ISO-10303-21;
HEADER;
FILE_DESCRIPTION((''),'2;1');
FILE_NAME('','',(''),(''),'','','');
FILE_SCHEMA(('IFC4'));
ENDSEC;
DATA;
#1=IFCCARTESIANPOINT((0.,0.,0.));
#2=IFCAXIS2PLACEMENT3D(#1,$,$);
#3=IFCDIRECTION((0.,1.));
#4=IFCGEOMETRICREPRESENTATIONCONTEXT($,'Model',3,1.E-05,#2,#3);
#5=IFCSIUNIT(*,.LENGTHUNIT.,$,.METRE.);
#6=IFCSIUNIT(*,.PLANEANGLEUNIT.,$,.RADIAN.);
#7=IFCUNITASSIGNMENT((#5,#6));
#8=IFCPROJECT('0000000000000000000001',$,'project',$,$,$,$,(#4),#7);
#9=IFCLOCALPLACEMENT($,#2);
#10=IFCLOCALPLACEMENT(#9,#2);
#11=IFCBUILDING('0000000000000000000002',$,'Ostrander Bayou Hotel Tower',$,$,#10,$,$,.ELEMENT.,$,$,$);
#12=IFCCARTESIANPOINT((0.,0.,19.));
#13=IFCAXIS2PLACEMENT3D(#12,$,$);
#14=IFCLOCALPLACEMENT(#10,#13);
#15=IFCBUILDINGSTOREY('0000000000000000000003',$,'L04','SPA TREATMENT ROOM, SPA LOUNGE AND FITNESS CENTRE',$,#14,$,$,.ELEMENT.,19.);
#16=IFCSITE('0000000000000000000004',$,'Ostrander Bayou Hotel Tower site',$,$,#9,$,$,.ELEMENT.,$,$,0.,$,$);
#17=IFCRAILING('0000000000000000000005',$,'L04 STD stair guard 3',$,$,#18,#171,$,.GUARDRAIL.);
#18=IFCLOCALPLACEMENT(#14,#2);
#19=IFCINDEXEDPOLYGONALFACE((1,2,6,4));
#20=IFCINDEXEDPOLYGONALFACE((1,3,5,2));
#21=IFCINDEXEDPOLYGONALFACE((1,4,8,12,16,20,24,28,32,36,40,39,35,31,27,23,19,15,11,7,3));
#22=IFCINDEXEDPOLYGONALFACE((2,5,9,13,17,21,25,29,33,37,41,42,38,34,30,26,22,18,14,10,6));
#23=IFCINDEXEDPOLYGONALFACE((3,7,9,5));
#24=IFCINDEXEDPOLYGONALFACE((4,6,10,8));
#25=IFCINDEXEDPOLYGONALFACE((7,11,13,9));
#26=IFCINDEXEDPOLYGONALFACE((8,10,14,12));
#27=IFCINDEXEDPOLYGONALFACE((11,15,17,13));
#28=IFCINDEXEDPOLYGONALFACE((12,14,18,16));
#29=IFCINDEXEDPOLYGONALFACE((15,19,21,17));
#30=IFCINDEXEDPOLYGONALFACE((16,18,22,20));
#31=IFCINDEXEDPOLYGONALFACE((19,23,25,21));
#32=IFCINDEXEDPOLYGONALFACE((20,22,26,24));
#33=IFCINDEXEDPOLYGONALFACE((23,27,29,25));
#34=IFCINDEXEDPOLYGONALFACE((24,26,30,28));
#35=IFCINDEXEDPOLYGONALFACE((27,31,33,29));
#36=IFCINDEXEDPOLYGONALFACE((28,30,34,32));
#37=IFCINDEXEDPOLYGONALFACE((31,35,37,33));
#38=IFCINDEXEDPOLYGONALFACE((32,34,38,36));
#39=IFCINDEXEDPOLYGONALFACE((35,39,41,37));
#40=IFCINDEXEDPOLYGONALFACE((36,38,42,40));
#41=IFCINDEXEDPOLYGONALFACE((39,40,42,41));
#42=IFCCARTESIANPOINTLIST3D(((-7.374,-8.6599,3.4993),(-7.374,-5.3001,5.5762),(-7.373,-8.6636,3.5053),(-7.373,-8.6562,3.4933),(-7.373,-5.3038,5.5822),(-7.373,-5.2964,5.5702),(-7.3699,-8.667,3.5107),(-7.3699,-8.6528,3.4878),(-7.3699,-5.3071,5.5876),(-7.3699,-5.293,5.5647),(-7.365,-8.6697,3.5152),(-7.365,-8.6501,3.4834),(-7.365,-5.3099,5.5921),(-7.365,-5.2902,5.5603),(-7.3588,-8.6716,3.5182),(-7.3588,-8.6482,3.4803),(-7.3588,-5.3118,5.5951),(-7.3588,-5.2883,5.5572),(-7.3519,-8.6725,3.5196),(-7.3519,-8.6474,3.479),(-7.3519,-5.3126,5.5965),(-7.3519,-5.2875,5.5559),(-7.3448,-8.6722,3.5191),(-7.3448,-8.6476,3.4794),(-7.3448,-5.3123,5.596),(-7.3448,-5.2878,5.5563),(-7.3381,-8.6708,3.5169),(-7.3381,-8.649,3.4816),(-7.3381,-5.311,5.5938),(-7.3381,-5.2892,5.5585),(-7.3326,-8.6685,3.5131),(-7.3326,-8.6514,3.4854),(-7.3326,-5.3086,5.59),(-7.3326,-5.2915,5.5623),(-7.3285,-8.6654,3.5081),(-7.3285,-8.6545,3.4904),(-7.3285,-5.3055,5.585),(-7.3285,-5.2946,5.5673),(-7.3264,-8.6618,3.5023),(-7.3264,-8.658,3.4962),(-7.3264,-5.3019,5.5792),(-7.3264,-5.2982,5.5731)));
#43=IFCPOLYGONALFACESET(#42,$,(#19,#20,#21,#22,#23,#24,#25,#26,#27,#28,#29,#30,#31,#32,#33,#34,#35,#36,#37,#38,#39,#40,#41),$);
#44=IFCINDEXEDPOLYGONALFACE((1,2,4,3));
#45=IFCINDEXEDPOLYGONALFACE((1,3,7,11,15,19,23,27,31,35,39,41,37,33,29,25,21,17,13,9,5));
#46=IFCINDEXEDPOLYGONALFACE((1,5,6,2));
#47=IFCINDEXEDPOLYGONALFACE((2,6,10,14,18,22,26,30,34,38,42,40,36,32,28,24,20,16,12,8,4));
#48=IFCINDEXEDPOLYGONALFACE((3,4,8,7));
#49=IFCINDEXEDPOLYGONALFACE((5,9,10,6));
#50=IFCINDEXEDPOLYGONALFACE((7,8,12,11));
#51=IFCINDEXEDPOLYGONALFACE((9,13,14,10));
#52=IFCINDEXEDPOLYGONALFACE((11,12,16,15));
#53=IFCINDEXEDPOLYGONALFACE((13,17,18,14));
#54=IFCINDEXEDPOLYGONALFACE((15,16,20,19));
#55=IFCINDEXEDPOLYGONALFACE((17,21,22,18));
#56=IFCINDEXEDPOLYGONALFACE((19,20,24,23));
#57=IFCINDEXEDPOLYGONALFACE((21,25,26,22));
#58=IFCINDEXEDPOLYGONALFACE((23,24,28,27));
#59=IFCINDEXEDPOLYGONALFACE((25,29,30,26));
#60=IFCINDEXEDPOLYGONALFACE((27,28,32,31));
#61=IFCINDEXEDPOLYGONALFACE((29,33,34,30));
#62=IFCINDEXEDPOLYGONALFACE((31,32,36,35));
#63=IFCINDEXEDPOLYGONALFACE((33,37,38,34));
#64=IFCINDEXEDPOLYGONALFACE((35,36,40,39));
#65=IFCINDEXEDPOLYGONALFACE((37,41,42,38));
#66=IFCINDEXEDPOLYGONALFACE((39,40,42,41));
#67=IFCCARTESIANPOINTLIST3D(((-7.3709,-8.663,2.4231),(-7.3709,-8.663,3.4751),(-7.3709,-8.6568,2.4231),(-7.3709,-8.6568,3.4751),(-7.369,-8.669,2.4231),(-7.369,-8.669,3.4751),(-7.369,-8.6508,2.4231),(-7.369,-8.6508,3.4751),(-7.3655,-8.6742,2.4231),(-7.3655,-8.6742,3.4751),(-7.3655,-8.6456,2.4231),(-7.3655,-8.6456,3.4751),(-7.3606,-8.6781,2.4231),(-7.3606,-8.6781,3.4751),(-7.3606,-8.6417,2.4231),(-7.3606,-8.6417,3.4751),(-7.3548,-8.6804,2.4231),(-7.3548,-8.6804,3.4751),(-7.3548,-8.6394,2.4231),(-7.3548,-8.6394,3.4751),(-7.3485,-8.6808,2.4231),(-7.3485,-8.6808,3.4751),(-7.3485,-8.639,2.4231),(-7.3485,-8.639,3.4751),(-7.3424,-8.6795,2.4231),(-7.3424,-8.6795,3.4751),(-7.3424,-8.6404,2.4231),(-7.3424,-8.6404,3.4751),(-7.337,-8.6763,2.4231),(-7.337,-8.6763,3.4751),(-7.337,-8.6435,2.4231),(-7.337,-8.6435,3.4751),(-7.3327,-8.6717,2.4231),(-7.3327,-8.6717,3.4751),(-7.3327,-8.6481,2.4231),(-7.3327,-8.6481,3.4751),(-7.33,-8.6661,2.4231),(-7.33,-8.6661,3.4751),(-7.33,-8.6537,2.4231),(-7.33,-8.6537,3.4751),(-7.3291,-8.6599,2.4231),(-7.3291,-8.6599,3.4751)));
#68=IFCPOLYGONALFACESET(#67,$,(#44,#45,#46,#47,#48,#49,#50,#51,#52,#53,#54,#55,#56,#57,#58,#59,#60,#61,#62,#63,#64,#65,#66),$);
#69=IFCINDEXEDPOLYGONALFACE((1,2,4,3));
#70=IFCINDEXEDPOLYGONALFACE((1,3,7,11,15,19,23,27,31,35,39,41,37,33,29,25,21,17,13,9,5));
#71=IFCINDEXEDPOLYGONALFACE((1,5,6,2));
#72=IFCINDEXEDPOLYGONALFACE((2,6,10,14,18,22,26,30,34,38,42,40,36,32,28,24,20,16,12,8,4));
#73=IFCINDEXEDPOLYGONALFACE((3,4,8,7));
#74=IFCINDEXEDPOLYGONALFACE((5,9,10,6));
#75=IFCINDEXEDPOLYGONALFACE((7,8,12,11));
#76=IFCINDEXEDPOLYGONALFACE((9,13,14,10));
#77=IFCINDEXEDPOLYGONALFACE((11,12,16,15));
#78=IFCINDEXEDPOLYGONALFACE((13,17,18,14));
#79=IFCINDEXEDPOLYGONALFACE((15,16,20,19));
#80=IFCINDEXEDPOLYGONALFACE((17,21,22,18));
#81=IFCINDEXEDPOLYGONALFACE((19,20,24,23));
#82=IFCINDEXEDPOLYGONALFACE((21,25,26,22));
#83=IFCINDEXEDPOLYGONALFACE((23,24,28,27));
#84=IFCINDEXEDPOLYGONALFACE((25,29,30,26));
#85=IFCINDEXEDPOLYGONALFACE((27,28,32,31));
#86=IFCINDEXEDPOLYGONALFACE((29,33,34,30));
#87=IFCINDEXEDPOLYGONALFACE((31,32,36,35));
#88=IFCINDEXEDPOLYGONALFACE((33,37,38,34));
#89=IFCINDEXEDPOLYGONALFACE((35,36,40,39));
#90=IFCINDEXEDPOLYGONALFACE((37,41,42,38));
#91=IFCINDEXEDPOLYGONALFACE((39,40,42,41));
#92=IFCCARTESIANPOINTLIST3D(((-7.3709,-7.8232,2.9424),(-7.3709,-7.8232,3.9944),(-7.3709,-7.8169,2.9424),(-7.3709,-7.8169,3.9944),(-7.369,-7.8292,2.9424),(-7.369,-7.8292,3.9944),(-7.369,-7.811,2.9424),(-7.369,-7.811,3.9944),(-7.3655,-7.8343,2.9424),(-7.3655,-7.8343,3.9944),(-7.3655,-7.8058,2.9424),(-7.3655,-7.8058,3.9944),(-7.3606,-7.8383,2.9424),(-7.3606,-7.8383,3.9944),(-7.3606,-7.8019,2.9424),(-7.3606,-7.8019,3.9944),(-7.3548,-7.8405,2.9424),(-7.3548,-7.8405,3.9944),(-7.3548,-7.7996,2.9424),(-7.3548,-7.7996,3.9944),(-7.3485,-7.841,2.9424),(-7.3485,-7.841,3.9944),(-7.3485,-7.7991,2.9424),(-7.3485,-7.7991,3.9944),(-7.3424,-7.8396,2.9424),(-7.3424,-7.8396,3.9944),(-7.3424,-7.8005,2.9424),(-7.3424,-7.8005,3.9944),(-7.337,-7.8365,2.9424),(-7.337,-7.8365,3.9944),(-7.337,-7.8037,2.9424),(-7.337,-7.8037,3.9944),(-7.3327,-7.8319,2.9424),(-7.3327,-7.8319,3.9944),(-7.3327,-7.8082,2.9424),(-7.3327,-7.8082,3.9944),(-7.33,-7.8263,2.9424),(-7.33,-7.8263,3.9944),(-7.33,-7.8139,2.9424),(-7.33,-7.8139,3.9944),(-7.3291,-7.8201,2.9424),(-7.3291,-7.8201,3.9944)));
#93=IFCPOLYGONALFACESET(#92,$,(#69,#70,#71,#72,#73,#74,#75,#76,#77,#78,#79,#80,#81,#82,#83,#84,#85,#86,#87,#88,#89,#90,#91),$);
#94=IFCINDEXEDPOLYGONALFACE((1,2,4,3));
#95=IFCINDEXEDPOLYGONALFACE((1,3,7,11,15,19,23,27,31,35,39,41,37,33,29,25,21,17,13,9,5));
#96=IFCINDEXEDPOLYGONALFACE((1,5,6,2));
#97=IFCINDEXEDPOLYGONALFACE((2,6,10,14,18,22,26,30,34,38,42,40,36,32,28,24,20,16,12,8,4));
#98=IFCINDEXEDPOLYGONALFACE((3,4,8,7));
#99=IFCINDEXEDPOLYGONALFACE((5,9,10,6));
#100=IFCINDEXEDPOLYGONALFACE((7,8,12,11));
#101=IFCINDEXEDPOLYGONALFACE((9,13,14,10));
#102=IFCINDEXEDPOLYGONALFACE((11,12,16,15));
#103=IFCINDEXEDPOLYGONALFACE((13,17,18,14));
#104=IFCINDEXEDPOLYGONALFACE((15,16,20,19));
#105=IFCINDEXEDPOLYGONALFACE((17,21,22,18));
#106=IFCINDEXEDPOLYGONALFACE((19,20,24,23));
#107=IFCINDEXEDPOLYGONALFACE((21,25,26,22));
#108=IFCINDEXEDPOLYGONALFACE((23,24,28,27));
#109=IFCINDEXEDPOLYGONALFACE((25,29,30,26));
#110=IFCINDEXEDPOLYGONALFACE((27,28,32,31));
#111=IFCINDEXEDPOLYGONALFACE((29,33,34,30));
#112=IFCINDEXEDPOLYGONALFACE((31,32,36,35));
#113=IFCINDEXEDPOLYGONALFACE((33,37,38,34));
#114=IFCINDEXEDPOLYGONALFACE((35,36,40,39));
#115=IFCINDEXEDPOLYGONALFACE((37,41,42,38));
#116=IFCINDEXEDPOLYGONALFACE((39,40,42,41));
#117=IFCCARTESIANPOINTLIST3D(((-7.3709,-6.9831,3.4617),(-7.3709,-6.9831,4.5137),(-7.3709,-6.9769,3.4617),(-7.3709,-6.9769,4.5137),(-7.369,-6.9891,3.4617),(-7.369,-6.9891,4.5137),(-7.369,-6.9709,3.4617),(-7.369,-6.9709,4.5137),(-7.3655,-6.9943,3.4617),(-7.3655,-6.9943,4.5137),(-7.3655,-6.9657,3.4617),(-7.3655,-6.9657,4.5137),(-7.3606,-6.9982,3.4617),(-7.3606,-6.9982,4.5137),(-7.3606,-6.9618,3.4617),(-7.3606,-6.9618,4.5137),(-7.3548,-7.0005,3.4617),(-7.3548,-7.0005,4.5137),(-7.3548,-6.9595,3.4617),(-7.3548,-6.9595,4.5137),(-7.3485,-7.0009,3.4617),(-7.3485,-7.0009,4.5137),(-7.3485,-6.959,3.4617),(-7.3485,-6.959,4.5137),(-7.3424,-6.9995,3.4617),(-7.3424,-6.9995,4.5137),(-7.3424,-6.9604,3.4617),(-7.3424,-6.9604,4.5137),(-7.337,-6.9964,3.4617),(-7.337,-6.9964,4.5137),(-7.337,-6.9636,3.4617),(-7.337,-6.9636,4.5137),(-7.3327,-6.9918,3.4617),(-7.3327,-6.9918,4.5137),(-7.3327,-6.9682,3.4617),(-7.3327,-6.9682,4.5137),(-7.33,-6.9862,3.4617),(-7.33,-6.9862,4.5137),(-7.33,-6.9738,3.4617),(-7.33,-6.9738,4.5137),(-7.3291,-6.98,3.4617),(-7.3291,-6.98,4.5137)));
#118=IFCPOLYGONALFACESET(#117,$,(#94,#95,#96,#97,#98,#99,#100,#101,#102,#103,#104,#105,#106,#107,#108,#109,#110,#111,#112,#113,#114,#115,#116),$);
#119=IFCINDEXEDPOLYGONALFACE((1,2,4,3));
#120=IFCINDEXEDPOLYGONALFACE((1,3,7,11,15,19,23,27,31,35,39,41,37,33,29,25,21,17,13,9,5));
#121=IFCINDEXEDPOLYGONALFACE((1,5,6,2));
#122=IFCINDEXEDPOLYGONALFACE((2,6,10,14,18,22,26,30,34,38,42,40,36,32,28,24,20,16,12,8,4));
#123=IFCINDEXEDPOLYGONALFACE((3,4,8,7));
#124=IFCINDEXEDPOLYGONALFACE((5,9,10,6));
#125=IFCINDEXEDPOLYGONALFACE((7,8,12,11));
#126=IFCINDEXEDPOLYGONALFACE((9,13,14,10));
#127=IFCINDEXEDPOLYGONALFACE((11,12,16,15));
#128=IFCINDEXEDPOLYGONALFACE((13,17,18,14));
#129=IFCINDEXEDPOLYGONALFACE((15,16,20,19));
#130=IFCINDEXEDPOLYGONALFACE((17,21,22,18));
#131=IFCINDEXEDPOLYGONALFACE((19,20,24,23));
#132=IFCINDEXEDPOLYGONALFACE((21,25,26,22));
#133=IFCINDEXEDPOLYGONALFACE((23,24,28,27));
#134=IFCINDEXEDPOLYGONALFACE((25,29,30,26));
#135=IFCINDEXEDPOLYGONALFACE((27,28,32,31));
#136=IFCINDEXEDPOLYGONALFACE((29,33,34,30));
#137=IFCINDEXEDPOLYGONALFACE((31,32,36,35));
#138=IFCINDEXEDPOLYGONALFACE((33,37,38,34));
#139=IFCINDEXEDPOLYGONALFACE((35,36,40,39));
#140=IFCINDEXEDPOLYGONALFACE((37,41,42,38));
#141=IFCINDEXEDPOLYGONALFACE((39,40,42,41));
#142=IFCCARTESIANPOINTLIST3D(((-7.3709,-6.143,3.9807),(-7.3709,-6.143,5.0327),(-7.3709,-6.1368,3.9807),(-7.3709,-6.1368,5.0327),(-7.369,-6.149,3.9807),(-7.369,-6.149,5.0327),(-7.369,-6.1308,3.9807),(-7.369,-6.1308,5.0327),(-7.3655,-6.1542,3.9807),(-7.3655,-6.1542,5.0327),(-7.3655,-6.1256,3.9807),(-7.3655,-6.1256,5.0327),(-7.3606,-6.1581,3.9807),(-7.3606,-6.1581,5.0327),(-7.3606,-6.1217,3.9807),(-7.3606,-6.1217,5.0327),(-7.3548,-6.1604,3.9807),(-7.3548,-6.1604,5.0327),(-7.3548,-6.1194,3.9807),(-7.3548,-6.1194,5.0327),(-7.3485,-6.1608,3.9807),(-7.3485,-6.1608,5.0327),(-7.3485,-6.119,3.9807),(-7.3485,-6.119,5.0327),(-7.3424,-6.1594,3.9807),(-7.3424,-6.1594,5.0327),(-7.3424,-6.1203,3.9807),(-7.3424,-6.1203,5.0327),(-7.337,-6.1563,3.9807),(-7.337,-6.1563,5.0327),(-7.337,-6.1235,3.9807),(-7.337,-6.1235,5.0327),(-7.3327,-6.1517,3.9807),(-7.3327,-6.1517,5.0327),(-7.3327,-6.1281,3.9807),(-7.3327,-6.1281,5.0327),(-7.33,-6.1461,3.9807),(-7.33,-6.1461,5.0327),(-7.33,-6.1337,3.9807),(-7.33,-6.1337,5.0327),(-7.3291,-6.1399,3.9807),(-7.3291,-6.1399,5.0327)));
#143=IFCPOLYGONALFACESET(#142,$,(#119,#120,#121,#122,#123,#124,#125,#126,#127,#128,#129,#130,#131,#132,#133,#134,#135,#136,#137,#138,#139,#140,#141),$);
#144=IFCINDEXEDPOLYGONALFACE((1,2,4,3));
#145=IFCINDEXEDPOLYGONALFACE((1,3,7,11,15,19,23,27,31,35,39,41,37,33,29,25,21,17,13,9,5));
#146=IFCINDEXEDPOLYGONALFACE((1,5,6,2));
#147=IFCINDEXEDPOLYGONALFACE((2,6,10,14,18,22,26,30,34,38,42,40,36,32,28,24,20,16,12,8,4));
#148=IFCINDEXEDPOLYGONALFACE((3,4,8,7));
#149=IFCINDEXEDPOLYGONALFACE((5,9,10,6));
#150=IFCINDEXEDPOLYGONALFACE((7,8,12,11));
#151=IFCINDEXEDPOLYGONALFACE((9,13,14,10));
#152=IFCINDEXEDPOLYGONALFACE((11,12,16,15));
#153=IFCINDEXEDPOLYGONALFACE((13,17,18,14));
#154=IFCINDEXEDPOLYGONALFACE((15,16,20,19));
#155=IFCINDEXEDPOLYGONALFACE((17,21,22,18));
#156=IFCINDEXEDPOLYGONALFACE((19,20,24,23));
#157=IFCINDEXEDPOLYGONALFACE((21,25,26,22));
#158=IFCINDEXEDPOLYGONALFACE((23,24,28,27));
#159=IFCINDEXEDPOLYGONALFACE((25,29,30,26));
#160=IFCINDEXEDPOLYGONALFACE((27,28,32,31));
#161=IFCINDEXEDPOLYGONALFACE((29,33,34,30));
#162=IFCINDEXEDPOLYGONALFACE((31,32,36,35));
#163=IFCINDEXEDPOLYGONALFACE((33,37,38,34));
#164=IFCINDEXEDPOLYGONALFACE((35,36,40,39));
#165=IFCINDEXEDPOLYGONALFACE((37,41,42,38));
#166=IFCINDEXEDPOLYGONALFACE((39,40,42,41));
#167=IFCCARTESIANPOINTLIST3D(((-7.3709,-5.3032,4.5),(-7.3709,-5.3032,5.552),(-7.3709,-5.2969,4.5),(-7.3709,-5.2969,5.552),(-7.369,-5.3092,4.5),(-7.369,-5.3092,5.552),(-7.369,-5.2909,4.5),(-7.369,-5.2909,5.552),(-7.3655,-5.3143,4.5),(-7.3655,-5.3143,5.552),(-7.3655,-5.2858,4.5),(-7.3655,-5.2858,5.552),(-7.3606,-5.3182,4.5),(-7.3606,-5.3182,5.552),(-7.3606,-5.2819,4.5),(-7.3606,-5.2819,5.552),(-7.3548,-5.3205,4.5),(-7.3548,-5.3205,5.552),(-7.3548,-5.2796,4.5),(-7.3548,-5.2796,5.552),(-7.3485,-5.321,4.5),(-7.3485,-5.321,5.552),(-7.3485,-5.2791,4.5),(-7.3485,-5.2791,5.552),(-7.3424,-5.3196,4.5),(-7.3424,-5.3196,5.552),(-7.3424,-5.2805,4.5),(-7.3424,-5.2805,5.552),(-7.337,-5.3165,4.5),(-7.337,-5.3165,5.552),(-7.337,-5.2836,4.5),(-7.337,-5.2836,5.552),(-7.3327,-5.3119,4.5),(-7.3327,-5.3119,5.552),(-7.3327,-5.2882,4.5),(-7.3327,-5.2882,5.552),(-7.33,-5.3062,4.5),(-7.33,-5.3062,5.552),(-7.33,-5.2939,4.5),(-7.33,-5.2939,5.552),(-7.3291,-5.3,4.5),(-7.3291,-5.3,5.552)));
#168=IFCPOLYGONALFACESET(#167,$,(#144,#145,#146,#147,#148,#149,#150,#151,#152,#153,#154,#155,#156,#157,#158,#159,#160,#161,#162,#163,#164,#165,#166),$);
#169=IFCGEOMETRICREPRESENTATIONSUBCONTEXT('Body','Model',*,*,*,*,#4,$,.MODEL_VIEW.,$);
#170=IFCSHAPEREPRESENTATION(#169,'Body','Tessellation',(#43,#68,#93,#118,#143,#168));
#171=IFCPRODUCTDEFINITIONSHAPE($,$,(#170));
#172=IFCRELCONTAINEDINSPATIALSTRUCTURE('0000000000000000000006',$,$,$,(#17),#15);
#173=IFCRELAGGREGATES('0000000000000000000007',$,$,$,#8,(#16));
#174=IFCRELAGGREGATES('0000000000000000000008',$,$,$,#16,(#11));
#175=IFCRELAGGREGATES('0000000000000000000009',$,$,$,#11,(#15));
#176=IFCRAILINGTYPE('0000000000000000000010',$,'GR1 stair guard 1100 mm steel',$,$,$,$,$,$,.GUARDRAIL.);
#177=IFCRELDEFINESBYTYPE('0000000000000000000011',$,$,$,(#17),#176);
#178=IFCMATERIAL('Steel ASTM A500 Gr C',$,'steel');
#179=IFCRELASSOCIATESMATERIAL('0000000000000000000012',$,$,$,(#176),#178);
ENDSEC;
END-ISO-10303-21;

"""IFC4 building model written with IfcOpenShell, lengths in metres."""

from ifc_helpers import new_model, si_unit, direction, frame, origin, origin_2d, place, context, subcontext, project, spatial, circle, extrude, material, type_object, element, save


model = new_model("IFC4")

# Units and contexts
model_context = context("Model", 3, precision=1e-05, world=origin(), true_north=direction((0.0, 1.0)))
body_context = subcontext(model_context, "Body", "Model", "MODEL_VIEW")
ifc_project = project(units=[si_unit("LENGTHUNIT", "METRE"), si_unit("PLANEANGLEUNIT", "RADIAN")], contexts=[model_context])

# Site, building, storey
site_placement = place(None, origin())
site = spatial("IfcSite", under=ifc_project, at=site_placement, Name="Ostrander Bayou Hotel Tower site", CompositionType="ELEMENT", RefElevation=0.0)
building_placement = place(site_placement, origin())
building = spatial("IfcBuilding", under=site, at=building_placement, Name="Ostrander Bayou Hotel Tower", CompositionType="ELEMENT")
storey_placement = place(building_placement, frame((0.0, 0.0, 19.0)))
storey = spatial("IfcBuildingStorey", under=building, at=storey_placement, Name="L04", Description="SPA TREATMENT ROOM, SPA LOUNGE AND FITNESS CENTRE", CompositionType="ELEMENT", Elevation=19.0)

# Railing
ifc_material_1 = material(Name="Steel ASTM A500 Gr C", Category="steel")
railing_type_1 = type_object("IfcRailingType", Name="GR1 stair guard 1100 mm steel", PredefinedType="GUARDRAIL", material=ifc_material_1)
railing_1_placement = place(storey_placement, frame((-7.3501, -8.6599, 2.4231)))
element("IfcRailing", 1, at=railing_1_placement, inside=storey, type_object=railing_type_1, Name="L04 STD stair guard 3", PredefinedType="GUARDRAIL", context=body_context, shape_type="SweptSolid", body=[
    extrude(circle(Radius=0.0239, at=origin_2d()), frame((0.0, 0.0, 1.0762), z_axis=(0.0, 0.850606, 0.525803), x_axis=(-1.0, 0.0, 0.0)), (0.0, 0.0, 1.0), 3.95),
    extrude(circle(Radius=0.021, at=origin_2d()), origin(), (0.0, 0.0, 1.0), 1.052),
    extrude(circle(Radius=0.021, at=origin_2d()), frame((0.0, 0.8398, 0.5193)), (0.0, 0.0, 1.0), 1.052),
    extrude(circle(Radius=0.021, at=origin_2d()), frame((0.0, 1.6799, 1.0386)), (0.0, 0.0, 1.0), 1.052),
    extrude(circle(Radius=0.021, at=origin_2d()), frame((0.0, 2.52, 1.5576)), (0.0, 0.0, 1.0), 1.052),
    extrude(circle(Radius=0.021, at=origin_2d()), frame((0.0, 3.3599, 2.0769)), (0.0, 0.0, 1.0), 1.052),
])

save(model, "model.ifc")
